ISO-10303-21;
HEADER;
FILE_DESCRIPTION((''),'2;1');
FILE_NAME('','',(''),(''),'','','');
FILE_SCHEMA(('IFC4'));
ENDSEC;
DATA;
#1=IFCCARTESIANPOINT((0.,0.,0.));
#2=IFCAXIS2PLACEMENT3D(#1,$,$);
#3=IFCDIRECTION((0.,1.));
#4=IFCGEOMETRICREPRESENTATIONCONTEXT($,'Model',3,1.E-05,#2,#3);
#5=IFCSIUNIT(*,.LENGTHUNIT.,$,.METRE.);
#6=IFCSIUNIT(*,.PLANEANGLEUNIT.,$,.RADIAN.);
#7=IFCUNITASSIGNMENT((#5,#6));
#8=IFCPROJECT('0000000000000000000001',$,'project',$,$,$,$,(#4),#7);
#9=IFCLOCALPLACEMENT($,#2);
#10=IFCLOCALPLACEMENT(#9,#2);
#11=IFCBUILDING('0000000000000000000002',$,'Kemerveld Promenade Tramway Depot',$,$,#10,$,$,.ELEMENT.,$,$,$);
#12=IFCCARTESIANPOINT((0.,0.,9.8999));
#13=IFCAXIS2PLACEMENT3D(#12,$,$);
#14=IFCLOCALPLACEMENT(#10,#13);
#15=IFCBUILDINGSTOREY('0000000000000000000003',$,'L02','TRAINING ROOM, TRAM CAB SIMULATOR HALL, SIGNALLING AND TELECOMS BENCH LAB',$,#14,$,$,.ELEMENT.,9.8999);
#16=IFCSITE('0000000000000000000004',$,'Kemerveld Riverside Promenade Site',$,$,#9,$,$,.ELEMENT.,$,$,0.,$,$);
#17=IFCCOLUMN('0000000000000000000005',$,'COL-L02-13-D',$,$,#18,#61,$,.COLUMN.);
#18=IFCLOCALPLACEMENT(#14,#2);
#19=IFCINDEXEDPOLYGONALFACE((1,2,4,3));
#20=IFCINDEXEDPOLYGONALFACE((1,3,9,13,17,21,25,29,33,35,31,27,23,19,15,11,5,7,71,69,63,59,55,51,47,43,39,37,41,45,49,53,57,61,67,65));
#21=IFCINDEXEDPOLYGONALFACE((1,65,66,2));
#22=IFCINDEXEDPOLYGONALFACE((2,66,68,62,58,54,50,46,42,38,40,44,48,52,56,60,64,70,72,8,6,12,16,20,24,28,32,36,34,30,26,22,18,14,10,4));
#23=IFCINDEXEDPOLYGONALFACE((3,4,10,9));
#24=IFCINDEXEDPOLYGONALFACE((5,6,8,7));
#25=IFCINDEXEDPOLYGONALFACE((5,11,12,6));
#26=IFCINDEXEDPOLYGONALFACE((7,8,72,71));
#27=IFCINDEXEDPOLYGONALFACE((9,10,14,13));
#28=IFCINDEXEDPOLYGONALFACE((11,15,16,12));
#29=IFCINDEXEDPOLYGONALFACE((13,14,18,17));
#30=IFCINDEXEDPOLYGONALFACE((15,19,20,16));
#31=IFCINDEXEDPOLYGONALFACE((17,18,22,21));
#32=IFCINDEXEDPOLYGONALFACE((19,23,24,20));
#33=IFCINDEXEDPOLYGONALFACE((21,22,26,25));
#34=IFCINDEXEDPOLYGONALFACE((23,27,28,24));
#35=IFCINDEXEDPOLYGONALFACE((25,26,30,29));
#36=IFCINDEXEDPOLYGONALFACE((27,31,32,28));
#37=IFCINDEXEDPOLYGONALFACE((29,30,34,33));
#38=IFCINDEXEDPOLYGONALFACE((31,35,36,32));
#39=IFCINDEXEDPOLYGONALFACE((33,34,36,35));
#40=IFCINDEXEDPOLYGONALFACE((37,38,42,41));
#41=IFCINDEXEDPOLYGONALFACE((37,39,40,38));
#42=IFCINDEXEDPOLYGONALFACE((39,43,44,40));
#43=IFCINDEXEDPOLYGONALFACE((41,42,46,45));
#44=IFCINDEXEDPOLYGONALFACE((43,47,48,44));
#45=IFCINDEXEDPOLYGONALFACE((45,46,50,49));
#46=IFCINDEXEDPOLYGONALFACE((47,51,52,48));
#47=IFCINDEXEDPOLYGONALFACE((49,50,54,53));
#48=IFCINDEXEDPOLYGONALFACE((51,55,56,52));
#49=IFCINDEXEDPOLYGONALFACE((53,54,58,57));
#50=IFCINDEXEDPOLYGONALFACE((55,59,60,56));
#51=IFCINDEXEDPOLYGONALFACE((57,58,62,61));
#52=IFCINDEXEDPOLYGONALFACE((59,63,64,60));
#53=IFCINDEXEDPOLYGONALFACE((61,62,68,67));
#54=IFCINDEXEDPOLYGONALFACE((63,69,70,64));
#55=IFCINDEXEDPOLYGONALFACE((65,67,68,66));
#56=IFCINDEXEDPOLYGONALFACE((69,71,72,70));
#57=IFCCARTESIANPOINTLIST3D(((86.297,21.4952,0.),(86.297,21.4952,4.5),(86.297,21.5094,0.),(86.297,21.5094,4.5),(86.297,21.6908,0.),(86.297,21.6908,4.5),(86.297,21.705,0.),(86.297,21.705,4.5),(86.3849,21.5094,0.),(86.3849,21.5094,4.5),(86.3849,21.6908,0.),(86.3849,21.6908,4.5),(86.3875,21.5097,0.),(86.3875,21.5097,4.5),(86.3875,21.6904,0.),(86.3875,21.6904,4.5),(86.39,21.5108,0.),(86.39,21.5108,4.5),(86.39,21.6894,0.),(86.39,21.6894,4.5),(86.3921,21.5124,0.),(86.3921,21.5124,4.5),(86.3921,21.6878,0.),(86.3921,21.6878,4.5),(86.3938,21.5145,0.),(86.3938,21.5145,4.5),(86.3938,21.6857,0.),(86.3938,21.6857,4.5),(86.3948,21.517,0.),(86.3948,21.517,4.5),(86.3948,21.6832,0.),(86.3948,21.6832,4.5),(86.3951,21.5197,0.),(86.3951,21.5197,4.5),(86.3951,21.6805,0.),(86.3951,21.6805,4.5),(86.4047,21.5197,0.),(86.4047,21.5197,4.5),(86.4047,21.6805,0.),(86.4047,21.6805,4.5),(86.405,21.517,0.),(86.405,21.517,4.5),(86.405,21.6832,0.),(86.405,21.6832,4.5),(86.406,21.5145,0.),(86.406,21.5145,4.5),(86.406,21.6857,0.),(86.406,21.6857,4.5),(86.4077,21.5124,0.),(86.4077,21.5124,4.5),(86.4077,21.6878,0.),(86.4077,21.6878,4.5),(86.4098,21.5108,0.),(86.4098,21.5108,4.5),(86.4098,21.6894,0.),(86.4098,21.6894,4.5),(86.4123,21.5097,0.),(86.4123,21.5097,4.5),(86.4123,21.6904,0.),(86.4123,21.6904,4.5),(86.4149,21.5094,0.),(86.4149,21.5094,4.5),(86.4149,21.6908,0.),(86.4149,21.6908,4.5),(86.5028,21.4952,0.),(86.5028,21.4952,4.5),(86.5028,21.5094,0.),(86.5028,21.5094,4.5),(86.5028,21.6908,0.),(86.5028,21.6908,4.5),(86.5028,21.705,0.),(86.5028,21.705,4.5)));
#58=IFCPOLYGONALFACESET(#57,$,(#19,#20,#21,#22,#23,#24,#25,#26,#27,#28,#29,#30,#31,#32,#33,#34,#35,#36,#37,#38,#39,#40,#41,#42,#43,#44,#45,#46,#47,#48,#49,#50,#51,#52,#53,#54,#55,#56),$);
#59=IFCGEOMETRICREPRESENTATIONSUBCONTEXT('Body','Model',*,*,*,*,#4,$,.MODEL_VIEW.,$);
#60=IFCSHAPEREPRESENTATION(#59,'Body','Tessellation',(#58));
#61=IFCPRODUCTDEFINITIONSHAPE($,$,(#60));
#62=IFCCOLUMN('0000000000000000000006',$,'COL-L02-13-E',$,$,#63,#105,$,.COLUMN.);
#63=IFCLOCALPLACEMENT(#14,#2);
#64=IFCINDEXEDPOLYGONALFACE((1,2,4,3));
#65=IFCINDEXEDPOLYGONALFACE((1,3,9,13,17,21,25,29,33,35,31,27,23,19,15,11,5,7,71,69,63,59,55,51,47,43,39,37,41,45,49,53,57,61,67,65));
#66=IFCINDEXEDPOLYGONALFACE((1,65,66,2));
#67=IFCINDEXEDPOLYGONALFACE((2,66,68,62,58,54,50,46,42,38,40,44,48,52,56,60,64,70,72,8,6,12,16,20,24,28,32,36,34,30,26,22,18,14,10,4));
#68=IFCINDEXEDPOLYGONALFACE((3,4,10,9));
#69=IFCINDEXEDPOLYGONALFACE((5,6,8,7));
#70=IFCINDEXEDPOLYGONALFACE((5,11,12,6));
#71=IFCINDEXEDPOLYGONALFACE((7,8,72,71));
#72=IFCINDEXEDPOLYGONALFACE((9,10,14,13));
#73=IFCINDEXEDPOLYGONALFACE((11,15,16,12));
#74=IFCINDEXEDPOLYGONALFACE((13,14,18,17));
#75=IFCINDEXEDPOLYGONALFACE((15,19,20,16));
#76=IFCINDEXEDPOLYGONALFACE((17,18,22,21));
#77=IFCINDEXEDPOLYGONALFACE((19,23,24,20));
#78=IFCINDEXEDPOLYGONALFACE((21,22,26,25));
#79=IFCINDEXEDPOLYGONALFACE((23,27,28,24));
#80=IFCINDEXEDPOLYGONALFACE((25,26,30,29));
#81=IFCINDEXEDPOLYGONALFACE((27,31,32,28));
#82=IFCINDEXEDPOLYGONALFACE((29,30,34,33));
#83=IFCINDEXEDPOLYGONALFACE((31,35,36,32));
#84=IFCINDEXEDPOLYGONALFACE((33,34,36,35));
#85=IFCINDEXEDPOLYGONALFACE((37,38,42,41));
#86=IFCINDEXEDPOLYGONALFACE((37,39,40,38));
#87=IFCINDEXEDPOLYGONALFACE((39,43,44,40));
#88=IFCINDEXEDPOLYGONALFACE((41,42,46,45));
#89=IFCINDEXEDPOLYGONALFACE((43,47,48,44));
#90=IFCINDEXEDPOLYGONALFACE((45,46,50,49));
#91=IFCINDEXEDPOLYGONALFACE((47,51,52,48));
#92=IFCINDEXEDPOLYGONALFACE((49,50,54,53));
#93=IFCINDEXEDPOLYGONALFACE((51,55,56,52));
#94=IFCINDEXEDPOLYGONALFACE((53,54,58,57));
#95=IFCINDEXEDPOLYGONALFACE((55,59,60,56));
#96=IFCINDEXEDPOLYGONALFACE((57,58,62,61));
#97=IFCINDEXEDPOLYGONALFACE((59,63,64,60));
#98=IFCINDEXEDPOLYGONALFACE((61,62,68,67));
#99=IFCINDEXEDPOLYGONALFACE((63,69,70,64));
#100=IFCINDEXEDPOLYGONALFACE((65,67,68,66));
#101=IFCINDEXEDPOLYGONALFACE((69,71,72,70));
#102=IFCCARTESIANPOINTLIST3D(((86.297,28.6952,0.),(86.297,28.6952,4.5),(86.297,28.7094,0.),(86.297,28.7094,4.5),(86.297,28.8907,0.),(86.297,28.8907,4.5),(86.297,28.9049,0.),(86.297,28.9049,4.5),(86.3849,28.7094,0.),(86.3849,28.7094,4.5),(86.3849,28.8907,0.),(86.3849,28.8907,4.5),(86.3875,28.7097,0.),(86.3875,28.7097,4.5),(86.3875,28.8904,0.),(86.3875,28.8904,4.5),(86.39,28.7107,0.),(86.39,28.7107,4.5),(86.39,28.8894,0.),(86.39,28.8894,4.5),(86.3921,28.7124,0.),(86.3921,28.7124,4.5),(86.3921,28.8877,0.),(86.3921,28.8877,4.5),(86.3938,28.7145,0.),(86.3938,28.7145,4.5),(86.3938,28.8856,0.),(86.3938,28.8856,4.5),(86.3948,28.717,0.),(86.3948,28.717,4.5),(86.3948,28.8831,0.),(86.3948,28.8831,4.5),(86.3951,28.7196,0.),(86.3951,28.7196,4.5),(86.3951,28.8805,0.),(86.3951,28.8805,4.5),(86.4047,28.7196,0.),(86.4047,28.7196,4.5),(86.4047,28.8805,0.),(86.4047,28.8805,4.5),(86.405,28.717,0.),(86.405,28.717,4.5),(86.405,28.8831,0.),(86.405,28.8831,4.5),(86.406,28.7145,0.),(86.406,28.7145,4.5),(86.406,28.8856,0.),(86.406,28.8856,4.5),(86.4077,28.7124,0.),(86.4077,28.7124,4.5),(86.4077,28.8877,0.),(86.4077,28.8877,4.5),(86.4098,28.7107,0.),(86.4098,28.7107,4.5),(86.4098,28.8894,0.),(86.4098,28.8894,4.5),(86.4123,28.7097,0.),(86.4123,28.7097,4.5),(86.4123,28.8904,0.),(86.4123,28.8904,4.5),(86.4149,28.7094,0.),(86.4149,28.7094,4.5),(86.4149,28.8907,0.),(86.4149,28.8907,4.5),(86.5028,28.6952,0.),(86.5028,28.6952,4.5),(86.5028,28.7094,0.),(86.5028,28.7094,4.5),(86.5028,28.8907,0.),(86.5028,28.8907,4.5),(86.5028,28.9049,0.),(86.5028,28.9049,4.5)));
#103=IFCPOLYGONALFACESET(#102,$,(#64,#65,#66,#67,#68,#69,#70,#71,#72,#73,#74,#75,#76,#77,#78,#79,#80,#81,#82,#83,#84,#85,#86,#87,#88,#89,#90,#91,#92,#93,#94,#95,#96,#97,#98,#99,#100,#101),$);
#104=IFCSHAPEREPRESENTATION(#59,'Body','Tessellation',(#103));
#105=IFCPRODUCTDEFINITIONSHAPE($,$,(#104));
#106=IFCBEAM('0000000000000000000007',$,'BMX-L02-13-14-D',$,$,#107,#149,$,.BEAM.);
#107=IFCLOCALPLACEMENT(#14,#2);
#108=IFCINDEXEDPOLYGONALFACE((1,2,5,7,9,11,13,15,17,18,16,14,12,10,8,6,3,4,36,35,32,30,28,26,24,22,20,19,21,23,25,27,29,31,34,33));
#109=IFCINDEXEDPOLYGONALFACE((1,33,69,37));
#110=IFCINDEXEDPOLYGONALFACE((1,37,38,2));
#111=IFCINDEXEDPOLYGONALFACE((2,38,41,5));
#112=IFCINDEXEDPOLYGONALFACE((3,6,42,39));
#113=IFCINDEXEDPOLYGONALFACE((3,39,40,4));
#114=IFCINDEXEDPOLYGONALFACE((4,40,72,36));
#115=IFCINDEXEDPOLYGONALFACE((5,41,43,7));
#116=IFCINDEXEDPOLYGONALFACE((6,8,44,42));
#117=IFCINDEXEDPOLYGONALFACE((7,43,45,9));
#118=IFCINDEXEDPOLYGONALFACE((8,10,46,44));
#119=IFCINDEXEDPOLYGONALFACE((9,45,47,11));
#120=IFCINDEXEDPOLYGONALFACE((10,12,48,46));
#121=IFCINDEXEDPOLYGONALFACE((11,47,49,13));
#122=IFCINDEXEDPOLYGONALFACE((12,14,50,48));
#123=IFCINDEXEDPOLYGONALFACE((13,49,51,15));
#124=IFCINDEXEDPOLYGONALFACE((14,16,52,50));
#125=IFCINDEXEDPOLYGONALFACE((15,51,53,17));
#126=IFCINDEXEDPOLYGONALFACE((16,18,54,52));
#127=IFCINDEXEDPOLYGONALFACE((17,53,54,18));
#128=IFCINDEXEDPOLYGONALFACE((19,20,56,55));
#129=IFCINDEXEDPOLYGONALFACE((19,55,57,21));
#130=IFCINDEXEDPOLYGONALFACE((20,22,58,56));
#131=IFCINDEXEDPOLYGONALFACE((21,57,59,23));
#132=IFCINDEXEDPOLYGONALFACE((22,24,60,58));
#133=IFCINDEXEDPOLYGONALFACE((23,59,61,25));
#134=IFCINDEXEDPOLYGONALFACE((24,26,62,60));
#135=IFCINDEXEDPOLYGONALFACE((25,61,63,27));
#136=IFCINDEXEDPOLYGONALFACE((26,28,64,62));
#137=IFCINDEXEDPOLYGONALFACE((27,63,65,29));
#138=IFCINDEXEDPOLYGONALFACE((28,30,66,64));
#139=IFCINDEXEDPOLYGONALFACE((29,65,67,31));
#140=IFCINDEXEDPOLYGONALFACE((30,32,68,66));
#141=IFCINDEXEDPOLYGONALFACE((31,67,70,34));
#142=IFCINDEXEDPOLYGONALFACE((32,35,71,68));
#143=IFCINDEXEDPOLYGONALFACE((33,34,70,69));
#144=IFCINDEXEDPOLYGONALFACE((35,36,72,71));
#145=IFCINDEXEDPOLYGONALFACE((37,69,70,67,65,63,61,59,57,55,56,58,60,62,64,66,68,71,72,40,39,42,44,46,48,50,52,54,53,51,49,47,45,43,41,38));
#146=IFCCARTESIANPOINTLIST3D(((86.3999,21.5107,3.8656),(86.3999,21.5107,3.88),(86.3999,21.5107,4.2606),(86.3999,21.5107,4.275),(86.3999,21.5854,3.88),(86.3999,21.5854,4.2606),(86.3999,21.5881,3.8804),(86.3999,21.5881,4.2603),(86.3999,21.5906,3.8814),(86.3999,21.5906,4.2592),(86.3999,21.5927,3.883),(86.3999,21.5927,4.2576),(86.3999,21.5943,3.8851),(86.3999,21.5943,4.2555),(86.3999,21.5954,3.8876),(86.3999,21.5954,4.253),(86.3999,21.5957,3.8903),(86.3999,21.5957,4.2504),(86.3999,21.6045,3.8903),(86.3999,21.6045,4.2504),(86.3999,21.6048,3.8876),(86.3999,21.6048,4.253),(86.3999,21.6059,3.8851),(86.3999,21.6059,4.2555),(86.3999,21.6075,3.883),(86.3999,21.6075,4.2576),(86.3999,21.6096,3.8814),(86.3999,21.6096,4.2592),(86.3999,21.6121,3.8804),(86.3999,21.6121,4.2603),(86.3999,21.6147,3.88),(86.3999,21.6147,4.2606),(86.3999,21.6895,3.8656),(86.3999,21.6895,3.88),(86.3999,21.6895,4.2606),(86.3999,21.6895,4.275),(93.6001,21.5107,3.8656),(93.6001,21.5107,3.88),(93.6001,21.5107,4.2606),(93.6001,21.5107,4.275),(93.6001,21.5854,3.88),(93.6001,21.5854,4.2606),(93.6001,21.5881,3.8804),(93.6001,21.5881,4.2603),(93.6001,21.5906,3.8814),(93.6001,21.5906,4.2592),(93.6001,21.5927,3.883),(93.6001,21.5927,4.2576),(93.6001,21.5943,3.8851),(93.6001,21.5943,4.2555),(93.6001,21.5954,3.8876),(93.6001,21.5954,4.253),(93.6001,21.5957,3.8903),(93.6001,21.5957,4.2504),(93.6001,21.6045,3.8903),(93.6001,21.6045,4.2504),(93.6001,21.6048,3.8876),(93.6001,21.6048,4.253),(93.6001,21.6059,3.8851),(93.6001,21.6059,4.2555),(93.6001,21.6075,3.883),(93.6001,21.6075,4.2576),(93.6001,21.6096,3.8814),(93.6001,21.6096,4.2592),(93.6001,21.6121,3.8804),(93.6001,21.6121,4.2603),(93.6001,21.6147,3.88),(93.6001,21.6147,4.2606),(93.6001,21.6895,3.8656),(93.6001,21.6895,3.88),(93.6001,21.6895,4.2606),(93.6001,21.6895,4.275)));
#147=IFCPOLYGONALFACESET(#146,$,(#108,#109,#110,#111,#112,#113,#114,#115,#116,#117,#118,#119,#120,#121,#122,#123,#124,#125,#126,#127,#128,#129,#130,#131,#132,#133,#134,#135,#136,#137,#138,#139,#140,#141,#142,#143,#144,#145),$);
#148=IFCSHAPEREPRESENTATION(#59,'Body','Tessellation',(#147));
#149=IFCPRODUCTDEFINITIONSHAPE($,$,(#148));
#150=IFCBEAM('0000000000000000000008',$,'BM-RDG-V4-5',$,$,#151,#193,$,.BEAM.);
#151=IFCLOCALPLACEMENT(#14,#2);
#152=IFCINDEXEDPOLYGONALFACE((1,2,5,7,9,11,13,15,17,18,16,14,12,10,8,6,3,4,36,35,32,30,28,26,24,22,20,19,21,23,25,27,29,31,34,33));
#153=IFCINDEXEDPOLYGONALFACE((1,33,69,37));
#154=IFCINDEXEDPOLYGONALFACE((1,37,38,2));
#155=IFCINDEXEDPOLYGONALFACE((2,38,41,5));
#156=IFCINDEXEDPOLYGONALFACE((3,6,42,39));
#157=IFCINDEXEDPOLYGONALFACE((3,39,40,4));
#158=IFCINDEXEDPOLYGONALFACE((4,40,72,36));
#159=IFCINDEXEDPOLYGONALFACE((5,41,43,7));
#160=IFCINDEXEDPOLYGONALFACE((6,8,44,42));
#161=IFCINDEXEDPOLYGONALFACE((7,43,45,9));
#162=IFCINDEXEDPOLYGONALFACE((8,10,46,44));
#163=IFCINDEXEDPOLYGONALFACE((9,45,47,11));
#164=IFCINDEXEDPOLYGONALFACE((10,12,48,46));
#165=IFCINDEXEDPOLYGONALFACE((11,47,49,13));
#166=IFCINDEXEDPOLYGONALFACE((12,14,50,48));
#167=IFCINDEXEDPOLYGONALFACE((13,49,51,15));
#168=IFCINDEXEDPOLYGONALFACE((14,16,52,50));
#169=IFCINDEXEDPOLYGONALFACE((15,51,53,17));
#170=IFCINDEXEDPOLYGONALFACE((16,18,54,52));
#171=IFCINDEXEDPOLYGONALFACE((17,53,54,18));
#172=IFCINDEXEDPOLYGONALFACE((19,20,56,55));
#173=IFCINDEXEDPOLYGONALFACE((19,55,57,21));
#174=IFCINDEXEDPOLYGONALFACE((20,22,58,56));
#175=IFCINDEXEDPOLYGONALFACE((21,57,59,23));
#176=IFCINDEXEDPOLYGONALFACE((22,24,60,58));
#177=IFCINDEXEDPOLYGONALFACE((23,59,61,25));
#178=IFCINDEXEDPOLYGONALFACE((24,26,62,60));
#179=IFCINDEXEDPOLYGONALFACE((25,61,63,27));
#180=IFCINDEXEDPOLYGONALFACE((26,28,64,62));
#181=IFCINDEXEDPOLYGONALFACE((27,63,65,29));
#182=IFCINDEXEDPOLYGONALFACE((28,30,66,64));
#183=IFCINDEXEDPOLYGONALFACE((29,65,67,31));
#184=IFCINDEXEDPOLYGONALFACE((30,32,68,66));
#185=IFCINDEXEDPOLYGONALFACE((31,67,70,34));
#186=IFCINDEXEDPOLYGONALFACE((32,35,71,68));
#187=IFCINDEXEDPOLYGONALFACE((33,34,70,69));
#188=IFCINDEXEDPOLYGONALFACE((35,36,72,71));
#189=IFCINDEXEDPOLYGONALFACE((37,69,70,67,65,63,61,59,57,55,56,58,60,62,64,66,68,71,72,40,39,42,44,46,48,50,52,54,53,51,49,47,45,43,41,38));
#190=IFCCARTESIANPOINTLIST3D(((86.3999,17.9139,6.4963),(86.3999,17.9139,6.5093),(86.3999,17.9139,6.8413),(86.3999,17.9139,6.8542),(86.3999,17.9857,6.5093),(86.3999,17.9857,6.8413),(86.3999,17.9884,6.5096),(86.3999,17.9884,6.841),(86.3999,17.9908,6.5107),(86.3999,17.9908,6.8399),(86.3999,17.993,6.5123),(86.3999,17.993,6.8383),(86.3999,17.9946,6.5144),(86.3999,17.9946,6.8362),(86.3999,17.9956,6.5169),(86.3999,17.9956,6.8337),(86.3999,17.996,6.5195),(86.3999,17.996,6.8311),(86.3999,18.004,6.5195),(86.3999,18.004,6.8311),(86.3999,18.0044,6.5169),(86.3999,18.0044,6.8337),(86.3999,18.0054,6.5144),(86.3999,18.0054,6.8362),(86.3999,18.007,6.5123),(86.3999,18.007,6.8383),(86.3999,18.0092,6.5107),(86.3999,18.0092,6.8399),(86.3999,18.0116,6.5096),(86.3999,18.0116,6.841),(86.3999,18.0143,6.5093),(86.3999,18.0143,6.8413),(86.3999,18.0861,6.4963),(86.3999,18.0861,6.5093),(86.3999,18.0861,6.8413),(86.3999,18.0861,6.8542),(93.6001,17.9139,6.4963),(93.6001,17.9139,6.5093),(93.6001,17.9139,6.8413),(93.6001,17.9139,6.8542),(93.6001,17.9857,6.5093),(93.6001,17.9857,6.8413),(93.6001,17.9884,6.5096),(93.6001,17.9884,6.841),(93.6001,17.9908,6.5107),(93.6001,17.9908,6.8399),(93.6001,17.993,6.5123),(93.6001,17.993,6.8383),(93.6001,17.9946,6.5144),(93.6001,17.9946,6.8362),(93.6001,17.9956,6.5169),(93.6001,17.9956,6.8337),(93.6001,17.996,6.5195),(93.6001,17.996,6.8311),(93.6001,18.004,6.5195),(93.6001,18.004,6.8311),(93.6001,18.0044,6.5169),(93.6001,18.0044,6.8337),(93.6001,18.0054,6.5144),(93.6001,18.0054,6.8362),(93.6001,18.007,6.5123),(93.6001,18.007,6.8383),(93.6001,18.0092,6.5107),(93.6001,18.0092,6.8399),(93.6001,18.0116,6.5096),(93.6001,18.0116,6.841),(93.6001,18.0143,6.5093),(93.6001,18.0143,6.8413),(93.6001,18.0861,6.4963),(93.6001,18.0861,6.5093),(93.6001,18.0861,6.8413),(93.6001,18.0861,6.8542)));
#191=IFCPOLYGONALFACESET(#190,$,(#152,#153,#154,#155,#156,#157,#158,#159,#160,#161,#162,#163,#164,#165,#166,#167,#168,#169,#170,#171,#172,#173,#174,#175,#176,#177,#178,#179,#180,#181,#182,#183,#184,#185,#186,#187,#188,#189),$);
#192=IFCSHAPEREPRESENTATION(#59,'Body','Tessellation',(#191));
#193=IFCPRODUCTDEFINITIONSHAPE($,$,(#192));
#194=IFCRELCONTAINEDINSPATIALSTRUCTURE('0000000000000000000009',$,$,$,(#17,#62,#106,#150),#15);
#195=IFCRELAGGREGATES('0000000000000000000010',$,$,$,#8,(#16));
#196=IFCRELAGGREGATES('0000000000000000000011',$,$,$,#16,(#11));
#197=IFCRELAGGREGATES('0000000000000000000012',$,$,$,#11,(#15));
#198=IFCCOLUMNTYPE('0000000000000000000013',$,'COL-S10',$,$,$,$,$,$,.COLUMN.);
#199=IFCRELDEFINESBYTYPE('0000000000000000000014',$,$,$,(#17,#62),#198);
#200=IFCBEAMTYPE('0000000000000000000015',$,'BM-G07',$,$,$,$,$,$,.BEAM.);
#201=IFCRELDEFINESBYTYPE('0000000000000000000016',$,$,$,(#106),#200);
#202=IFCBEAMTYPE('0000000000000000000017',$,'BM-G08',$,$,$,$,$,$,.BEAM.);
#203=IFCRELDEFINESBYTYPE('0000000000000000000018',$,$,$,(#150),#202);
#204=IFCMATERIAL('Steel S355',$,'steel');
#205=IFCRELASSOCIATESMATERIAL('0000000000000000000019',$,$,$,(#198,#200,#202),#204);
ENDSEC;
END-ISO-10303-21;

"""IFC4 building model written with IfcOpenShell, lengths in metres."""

from ifc_helpers import new_model, si_unit, direction, frame, origin, origin_2d, place, context, subcontext, project, spatial, i_section, extrude, material, material_profile, profile_set, type_object, element, save


model = new_model("IFC4")

# Units and contexts
model_context = context("Model", 3, precision=1e-05, world=origin(), true_north=direction((0.0, 1.0)))
body_context = subcontext(model_context, "Body", "Model", "MODEL_VIEW")
ifc_project = project(units=[si_unit("LENGTHUNIT", "METRE"), si_unit("PLANEANGLEUNIT", "RADIAN")], contexts=[model_context])

# Site, building, storey
site_placement = place(None, origin())
site = spatial("IfcSite", under=ifc_project, at=site_placement, Name="Kemerveld Riverside Promenade Site", CompositionType="ELEMENT", RefElevation=0.0)
building_placement = place(site_placement, origin())
building = spatial("IfcBuilding", under=site, at=building_placement, Name="Kemerveld Promenade Tramway Depot", CompositionType="ELEMENT")
storey_placement = place(building_placement, frame((0.0, 0.0, 9.8999)))
storey = spatial("IfcBuildingStorey", under=building, at=storey_placement, Name="L02", Description="TRAINING ROOM, TRAM CAB SIMULATOR HALL, SIGNALLING AND TELECOMS BENCH LAB", CompositionType="ELEMENT", Elevation=9.8999)

# Columns
ifc_material_1 = material(Name="Steel S355", Category="steel")
ifc_material_profile_1 = material_profile(ifc_material_1, i_section(OverallWidth=0.2058, OverallDepth=0.2097, WebThickness=0.0095, FlangeThickness=0.0142, FilletRadius=0.0103, at=origin_2d()), Name="203x203x60 UC")
ifc_profile_set_1 = profile_set([ifc_material_profile_1], Name="Steel S355")
column_type = type_object("IfcColumnType", Name="COL-S10", PredefinedType="COLUMN", material=ifc_profile_set_1)
for number, where, z_axis, x_axis, name in (
    (1, (86.3999, 21.6001, 0.0), (0.0, 0.0, 1.0), (1.0, 0.0, 0.0), "COL-L02-13-D"),
    (2, (86.3999, 28.8, 0.0), (0.0, 0.0, 1.0), (1.0, 0.0, 0.0), "COL-L02-13-E"),
):
    element("IfcColumn", number, at=place(storey_placement, frame(where, z_axis=z_axis, x_axis=x_axis)), inside=storey, type_object=column_type, Name=name, PredefinedType="COLUMN", context=body_context, shape_type="SweptSolid", body=[
        extrude(i_section(OverallWidth=0.2058, OverallDepth=0.2097, WebThickness=0.0095, FlangeThickness=0.0142, FilletRadius=0.0103, at=origin_2d()), origin(), (0.0, 0.0, 1.0), 4.5),
    ])

# Beams
ifc_material_profile_2 = material_profile(ifc_material_1, i_section(OverallWidth=0.1787, OverallDepth=0.4094, WebThickness=0.0088, FlangeThickness=0.0144, FilletRadius=0.0103, at=origin_2d()), Name="406x178x67 UB")
ifc_profile_set_2 = profile_set([ifc_material_profile_2], Name="Steel S355")
beam_type_1 = type_object("IfcBeamType", Name="BM-G07", PredefinedType="BEAM", material=ifc_profile_set_2)
beam_1_placement = place(storey_placement, frame((86.3999, 21.6001, 4.0703), z_axis=(1.0, 0.0, 0.0), x_axis=(0.0, 1.0, 0.0)))
element("IfcBeam", 3, at=beam_1_placement, inside=storey, type_object=beam_type_1, Name="BMX-L02-13-14-D", PredefinedType="BEAM", context=body_context, shape_type="SweptSolid", body=[
    extrude(i_section(OverallWidth=0.1787, OverallDepth=0.4094, WebThickness=0.0088, FlangeThickness=0.0144, FilletRadius=0.0103, at=origin_2d()), origin(), (0.0, 0.0, 1.0), 7.2002),
])
ifc_material_profile_3 = material_profile(ifc_material_1, i_section(OverallWidth=0.1721, OverallDepth=0.3579, WebThickness=0.0081, FlangeThickness=0.0129, FilletRadius=0.0103, at=origin_2d()), Name="356x171x57 UB")
ifc_profile_set_3 = profile_set([ifc_material_profile_3], Name="Steel S355")
beam_type_2 = type_object("IfcBeamType", Name="BM-G08", PredefinedType="BEAM", material=ifc_profile_set_3)
beam_2_placement = place(storey_placement, frame((86.3999, 18.0, 6.6753), z_axis=(1.0, 0.0, 0.0), x_axis=(0.0, 1.0, 0.0)))
element("IfcBeam", 4, at=beam_2_placement, inside=storey, type_object=beam_type_2, Name="BM-RDG-V4-5", PredefinedType="BEAM", context=body_context, shape_type="SweptSolid", body=[
    extrude(i_section(OverallWidth=0.1721, OverallDepth=0.3579, WebThickness=0.0081, FlangeThickness=0.0129, FilletRadius=0.0103, at=origin_2d()), origin(), (0.0, 0.0, 1.0), 7.2002),
])

save(model, "model.ifc")
